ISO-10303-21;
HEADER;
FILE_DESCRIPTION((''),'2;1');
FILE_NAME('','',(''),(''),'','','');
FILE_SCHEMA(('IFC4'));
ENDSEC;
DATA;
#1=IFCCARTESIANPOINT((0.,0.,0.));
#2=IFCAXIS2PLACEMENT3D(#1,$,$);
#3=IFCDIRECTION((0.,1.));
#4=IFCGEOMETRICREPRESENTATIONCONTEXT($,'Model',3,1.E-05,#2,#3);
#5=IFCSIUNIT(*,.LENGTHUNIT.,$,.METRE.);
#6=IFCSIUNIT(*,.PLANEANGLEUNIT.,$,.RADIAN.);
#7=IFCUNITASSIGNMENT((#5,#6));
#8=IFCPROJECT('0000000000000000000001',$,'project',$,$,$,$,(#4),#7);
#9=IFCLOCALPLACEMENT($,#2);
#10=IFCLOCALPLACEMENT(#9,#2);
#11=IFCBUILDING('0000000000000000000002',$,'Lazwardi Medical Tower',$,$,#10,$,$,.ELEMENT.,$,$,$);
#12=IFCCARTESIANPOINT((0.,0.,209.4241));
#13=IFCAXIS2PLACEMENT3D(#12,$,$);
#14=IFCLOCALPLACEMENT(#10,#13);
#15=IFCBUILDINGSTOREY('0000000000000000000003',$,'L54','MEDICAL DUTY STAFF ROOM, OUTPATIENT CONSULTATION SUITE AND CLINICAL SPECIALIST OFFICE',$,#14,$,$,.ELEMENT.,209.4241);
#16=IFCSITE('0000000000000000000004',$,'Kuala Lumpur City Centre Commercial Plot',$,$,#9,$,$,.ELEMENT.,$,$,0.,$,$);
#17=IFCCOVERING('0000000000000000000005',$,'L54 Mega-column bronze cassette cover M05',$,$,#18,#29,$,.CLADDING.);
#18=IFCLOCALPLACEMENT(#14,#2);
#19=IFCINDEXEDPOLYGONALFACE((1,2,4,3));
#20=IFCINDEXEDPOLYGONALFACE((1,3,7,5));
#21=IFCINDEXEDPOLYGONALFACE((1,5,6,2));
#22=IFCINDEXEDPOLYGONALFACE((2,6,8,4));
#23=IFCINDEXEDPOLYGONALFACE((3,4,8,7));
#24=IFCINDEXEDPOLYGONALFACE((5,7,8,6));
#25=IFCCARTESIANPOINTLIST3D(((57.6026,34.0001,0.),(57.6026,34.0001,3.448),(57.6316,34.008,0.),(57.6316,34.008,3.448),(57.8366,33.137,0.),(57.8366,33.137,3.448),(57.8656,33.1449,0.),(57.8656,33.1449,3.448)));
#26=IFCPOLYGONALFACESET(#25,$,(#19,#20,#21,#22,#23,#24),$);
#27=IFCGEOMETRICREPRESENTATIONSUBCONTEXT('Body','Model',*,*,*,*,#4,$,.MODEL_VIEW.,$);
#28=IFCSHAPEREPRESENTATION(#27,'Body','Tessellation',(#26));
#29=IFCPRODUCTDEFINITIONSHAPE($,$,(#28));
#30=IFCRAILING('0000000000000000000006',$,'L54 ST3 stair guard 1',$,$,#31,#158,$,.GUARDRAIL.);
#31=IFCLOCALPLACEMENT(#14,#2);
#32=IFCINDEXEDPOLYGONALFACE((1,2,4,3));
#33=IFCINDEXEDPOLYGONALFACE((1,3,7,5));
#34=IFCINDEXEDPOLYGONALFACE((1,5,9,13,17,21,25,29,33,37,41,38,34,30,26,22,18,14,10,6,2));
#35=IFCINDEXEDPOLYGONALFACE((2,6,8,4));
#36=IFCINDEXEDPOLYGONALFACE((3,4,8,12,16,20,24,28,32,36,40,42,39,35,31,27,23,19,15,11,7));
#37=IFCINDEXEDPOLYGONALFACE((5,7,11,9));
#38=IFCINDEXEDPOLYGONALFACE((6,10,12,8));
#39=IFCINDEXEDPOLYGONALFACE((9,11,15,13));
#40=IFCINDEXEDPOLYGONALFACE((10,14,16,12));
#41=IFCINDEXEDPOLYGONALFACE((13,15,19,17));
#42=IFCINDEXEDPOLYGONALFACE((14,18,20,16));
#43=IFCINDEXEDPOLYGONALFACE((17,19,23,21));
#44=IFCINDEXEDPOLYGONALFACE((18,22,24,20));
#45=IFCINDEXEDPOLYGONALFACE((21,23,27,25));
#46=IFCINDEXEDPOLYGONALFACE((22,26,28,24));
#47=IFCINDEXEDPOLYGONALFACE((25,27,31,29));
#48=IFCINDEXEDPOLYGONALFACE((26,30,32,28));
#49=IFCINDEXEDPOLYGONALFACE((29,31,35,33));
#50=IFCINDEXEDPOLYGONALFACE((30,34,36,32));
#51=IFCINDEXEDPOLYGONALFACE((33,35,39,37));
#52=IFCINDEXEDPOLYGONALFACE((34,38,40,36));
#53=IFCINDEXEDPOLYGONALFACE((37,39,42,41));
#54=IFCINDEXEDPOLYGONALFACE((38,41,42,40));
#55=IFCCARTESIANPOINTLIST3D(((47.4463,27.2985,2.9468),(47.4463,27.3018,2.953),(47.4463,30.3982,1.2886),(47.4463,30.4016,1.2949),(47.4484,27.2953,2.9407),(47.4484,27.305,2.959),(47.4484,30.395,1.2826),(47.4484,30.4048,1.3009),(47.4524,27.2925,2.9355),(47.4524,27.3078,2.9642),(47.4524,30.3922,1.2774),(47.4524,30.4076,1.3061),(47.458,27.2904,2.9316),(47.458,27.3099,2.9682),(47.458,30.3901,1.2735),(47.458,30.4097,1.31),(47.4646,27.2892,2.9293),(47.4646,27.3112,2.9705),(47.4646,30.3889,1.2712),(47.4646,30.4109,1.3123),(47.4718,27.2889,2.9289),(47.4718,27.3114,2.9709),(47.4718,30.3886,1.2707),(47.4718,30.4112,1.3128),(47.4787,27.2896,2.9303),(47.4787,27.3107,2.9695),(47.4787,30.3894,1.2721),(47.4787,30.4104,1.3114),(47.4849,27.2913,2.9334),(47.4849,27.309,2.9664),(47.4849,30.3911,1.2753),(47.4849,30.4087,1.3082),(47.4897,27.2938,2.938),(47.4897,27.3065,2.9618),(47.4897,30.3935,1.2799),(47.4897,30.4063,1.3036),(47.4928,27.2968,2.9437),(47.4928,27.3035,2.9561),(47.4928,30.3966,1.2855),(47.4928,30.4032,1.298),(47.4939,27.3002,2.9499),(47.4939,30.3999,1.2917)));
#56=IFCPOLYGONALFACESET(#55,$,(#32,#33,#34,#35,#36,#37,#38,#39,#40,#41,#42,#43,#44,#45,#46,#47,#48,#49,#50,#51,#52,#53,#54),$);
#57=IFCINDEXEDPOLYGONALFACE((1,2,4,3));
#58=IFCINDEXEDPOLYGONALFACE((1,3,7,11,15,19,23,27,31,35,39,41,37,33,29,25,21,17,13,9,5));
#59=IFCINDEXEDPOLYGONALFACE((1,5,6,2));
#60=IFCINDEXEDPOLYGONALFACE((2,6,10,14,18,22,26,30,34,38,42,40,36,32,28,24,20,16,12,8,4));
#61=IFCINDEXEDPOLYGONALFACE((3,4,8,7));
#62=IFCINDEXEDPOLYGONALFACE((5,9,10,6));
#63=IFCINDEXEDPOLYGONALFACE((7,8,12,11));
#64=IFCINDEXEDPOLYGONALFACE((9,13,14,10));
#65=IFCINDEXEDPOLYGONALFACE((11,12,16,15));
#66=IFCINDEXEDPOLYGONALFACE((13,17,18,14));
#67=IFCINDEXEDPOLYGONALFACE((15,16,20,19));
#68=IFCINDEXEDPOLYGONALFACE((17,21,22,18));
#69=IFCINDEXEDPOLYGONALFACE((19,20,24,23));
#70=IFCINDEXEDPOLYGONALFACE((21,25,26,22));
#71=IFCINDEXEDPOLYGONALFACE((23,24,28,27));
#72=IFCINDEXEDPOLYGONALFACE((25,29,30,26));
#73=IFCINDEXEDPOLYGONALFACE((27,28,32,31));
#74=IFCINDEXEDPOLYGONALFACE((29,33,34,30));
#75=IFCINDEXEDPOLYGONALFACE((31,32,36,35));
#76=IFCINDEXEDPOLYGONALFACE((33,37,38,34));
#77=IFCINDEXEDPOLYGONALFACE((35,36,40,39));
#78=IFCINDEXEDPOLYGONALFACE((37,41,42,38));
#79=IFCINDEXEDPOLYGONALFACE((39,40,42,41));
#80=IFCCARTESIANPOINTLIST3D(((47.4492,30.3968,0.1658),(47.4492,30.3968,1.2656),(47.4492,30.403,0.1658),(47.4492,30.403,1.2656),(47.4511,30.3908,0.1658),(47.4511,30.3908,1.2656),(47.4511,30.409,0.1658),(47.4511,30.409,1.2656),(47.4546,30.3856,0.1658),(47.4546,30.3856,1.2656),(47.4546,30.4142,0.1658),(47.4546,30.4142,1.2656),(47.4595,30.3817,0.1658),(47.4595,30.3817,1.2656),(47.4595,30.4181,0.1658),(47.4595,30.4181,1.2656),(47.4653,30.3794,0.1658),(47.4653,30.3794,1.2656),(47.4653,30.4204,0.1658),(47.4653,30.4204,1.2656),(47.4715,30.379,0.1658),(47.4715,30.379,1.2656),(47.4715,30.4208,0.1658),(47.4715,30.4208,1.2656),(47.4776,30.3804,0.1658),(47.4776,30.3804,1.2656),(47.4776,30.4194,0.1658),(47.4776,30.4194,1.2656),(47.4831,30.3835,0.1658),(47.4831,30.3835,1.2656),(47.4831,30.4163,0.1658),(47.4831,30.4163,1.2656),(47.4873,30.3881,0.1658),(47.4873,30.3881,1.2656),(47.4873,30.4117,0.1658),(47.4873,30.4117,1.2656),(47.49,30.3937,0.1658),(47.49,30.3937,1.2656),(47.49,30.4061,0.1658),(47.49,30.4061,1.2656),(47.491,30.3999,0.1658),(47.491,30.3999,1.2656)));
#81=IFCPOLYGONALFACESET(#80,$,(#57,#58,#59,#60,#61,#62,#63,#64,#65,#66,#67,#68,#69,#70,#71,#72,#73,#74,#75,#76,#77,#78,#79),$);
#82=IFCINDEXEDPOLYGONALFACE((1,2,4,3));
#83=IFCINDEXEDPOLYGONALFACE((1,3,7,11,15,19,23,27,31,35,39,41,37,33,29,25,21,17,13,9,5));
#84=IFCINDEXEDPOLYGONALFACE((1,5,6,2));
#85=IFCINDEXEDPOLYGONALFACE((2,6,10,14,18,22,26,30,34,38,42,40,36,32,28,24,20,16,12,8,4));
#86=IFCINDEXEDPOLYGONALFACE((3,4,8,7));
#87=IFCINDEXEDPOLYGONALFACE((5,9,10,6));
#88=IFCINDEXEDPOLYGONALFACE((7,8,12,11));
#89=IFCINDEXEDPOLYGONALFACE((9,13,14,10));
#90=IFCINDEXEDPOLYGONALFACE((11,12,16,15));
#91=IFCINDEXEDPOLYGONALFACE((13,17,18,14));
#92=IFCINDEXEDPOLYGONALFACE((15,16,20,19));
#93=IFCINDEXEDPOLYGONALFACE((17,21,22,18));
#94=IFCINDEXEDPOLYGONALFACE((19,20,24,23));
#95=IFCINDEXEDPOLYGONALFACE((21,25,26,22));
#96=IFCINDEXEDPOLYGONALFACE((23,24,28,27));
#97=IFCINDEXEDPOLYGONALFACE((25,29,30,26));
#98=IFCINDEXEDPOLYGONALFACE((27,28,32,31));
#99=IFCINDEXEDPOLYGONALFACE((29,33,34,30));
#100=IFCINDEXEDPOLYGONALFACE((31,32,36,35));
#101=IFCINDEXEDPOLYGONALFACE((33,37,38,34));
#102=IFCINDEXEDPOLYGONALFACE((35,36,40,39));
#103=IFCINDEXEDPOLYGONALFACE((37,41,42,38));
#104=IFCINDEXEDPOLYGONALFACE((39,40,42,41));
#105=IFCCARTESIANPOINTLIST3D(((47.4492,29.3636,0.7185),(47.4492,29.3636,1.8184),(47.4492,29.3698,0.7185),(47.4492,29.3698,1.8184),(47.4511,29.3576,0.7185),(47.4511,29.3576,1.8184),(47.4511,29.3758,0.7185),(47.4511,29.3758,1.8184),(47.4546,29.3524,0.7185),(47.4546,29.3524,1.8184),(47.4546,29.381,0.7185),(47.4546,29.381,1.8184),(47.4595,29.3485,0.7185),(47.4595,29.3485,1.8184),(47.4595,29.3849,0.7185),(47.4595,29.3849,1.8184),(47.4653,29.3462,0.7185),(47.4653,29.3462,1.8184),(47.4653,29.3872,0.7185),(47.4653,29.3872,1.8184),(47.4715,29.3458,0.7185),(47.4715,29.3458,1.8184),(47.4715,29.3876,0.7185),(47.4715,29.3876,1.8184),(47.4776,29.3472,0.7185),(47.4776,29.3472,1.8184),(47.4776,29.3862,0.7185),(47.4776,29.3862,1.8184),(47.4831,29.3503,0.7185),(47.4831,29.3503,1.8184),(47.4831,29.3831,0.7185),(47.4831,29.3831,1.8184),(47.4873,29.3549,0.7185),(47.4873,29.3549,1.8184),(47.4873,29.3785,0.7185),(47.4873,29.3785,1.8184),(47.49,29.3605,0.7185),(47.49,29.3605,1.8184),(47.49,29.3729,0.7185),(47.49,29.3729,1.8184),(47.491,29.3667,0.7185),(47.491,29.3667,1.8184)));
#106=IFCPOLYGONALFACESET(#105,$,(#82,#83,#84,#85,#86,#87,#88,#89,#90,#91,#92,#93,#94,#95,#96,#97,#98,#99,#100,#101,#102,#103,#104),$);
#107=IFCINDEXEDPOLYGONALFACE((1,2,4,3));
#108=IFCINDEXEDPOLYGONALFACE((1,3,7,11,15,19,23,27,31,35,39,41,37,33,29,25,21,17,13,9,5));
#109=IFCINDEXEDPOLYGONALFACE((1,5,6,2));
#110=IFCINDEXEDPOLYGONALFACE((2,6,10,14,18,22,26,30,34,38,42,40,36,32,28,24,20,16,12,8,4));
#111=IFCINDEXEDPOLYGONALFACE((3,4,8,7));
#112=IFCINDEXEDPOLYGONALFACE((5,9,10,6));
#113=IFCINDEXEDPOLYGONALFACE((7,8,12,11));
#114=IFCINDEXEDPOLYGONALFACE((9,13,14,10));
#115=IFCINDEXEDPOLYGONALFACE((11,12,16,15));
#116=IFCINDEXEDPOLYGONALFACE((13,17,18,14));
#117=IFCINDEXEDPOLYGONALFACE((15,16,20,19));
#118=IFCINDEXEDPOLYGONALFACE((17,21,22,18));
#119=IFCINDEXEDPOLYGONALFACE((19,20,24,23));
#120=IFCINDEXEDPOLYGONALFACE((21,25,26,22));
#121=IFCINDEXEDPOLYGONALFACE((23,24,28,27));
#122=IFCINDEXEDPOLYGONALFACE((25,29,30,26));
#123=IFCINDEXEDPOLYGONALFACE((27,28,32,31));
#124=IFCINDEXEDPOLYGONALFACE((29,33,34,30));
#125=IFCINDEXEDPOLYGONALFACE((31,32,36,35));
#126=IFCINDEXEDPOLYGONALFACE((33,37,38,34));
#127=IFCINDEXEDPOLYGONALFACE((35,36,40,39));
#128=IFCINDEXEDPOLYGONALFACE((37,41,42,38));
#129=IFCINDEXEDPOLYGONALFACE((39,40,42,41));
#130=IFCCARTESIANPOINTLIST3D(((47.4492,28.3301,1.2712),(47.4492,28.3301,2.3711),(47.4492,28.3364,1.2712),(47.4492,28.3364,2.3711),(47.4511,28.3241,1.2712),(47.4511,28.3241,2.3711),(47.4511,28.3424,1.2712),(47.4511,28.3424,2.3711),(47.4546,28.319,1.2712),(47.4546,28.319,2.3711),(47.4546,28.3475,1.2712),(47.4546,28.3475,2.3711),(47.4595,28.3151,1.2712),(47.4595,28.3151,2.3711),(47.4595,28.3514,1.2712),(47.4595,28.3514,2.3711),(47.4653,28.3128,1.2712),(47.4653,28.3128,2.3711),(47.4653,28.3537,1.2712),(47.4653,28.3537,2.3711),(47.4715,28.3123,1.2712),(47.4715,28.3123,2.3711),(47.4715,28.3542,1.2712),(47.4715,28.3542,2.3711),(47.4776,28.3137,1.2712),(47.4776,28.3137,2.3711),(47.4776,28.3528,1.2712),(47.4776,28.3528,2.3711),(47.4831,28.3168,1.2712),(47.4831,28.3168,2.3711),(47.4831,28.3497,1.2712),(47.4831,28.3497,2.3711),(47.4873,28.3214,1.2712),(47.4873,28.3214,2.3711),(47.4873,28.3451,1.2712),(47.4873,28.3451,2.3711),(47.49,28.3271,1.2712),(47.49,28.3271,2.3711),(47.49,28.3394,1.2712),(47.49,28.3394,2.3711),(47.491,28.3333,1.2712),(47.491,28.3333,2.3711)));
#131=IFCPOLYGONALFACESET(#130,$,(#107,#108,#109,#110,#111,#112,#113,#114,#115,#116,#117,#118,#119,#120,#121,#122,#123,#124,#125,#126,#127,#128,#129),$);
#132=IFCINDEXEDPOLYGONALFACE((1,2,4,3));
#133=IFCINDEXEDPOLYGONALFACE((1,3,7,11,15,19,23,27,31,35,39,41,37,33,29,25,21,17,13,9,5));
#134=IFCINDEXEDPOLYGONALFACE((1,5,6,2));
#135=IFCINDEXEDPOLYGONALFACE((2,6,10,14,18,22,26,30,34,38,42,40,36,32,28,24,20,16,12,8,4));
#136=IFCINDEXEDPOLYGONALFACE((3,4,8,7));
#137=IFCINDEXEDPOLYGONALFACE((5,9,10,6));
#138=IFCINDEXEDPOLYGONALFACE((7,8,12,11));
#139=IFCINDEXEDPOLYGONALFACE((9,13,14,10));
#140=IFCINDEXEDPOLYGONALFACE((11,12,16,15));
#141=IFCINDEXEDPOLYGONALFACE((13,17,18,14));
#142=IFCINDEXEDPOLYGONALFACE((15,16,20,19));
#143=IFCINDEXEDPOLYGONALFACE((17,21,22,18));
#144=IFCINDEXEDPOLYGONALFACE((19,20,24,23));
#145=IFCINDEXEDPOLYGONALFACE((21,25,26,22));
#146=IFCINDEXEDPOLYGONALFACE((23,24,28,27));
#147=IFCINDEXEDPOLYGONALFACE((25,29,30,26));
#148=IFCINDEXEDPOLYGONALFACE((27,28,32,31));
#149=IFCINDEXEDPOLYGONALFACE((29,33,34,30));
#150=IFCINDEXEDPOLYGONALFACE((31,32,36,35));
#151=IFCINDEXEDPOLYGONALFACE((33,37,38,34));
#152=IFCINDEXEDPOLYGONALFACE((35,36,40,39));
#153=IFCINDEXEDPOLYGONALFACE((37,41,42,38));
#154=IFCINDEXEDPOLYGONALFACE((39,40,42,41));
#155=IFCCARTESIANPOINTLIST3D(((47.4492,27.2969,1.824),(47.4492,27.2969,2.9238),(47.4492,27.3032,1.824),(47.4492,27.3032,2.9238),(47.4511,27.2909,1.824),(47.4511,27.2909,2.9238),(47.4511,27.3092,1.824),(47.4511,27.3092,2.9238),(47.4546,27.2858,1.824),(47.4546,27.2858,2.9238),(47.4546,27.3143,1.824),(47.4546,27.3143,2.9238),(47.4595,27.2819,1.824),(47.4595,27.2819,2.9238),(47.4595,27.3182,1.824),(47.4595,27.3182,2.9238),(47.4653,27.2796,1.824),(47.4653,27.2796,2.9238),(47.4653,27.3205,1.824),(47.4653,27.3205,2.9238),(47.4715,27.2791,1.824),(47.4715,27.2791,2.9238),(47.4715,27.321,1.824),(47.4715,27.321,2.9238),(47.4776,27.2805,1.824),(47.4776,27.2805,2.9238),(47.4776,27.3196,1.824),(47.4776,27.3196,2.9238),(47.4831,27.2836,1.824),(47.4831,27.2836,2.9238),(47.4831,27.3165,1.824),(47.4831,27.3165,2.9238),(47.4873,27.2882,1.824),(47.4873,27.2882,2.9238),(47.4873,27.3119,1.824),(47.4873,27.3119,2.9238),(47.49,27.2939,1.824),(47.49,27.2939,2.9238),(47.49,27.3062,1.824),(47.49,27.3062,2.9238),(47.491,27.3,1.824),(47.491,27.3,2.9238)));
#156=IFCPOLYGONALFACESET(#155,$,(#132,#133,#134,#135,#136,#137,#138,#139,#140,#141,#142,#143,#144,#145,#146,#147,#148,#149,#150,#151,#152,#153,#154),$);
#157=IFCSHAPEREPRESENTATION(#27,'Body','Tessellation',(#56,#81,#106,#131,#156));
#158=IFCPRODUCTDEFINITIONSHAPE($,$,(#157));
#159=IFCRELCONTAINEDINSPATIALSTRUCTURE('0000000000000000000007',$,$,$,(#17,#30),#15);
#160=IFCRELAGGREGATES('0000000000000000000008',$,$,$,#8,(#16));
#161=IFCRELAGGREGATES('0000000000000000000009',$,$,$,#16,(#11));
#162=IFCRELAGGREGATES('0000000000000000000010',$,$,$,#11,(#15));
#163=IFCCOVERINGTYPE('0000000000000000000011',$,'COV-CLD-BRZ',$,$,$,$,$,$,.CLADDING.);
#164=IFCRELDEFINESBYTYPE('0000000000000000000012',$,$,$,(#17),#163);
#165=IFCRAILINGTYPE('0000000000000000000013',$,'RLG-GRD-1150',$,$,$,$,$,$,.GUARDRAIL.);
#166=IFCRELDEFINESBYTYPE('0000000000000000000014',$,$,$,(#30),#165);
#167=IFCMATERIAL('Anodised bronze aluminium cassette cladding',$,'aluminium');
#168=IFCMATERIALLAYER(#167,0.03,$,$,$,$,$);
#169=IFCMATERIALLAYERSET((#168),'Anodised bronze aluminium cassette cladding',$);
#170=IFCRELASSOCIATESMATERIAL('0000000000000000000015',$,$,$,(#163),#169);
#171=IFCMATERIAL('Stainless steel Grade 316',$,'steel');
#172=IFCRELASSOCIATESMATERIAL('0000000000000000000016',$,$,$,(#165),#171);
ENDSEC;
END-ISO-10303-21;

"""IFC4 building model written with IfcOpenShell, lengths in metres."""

from ifc_helpers import new_model, si_unit, direction, frame, origin, origin_2d, place, context, subcontext, project, spatial, rectangle, circle, extrude, material, layer, layer_set, type_object, element, save


model = new_model("IFC4")

# Units and contexts
model_context = context("Model", 3, precision=1e-05, world=origin(), true_north=direction((0.0, 1.0)))
body_context = subcontext(model_context, "Body", "Model", "MODEL_VIEW")
ifc_project = project(units=[si_unit("LENGTHUNIT", "METRE"), si_unit("PLANEANGLEUNIT", "RADIAN")], contexts=[model_context])

# Site, building, storey
site_placement = place(None, origin())
site = spatial("IfcSite", under=ifc_project, at=site_placement, Name="Kuala Lumpur City Centre Commercial Plot", CompositionType="ELEMENT", RefElevation=0.0)
building_placement = place(site_placement, origin())
building = spatial("IfcBuilding", under=site, at=building_placement, Name="Lazwardi Medical Tower", CompositionType="ELEMENT")
storey_placement = place(building_placement, frame((0.0, 0.0, 209.4241)))
storey = spatial("IfcBuildingStorey", under=building, at=storey_placement, Name="L54", Description="MEDICAL DUTY STAFF ROOM, OUTPATIENT CONSULTATION SUITE AND CLINICAL SPECIALIST OFFICE", CompositionType="ELEMENT", Elevation=209.4241)

# Covering
ifc_material_1 = material(Name="Anodised bronze aluminium cassette cladding", Category="aluminium")
ifc_layer_1 = layer(ifc_material_1, 0.03)
ifc_layer_set_1 = layer_set([ifc_layer_1], Name="Anodised bronze aluminium cassette cladding")
covering_type = type_object("IfcCoveringType", Name="COV-CLD-BRZ", PredefinedType="CLADDING", material=ifc_layer_set_1)
covering_placement = place(storey_placement, frame((57.7341, 33.5725, 0.0), z_axis=(0.0, 0.0, 1.0), x_axis=(-0.261642, 0.965165, 0.0)))
element("IfcCovering", 1, at=covering_placement, inside=storey, type_object=covering_type, Name="L54 Mega-column bronze cassette cover M05", PredefinedType="CLADDING", context=body_context, shape_type="SweptSolid", body=[
    extrude(rectangle(XDim=0.8943, YDim=0.03, at=origin_2d()), origin(), (0.0, 0.0, 1.0), 3.448),
])

# Railing
ifc_material_2 = material(Name="Stainless steel Grade 316", Category="steel")
railing_type_1 = type_object("IfcRailingType", Name="RLG-GRD-1150", PredefinedType="GUARDRAIL", material=ifc_material_2)
railing_1_placement = place(storey_placement, frame((47.47, 30.3999, 0.1658)))
element("IfcRailing", 2, at=railing_1_placement, inside=storey, type_object=railing_type_1, Name="L54 ST3 stair guard 1", PredefinedType="GUARDRAIL", context=body_context, shape_type="SweptSolid", body=[
    extrude(circle(Radius=0.0239, at=origin_2d()), frame((0.0, 0.0, 1.126), z_axis=(0.0, -0.881768, 0.471684), x_axis=(1.0, 0.0, 0.0)), (0.0, 0.0, 1.0), 3.5154),
    extrude(circle(Radius=0.021, at=origin_2d()), origin(), (0.0, 0.0, 1.0), 1.0999),
    extrude(circle(Radius=0.021, at=origin_2d()), frame((0.0, -1.0332, 0.5527)), (0.0, 0.0, 1.0), 1.0999),
    extrude(circle(Radius=0.021, at=origin_2d()), frame((0.0, -2.0667, 1.1055)), (0.0, 0.0, 1.0), 1.0999),
    extrude(circle(Radius=0.021, at=origin_2d()), frame((0.0, -3.0999, 1.6582)), (0.0, 0.0, 1.0), 1.0999),
])

save(model, "model.ifc")
